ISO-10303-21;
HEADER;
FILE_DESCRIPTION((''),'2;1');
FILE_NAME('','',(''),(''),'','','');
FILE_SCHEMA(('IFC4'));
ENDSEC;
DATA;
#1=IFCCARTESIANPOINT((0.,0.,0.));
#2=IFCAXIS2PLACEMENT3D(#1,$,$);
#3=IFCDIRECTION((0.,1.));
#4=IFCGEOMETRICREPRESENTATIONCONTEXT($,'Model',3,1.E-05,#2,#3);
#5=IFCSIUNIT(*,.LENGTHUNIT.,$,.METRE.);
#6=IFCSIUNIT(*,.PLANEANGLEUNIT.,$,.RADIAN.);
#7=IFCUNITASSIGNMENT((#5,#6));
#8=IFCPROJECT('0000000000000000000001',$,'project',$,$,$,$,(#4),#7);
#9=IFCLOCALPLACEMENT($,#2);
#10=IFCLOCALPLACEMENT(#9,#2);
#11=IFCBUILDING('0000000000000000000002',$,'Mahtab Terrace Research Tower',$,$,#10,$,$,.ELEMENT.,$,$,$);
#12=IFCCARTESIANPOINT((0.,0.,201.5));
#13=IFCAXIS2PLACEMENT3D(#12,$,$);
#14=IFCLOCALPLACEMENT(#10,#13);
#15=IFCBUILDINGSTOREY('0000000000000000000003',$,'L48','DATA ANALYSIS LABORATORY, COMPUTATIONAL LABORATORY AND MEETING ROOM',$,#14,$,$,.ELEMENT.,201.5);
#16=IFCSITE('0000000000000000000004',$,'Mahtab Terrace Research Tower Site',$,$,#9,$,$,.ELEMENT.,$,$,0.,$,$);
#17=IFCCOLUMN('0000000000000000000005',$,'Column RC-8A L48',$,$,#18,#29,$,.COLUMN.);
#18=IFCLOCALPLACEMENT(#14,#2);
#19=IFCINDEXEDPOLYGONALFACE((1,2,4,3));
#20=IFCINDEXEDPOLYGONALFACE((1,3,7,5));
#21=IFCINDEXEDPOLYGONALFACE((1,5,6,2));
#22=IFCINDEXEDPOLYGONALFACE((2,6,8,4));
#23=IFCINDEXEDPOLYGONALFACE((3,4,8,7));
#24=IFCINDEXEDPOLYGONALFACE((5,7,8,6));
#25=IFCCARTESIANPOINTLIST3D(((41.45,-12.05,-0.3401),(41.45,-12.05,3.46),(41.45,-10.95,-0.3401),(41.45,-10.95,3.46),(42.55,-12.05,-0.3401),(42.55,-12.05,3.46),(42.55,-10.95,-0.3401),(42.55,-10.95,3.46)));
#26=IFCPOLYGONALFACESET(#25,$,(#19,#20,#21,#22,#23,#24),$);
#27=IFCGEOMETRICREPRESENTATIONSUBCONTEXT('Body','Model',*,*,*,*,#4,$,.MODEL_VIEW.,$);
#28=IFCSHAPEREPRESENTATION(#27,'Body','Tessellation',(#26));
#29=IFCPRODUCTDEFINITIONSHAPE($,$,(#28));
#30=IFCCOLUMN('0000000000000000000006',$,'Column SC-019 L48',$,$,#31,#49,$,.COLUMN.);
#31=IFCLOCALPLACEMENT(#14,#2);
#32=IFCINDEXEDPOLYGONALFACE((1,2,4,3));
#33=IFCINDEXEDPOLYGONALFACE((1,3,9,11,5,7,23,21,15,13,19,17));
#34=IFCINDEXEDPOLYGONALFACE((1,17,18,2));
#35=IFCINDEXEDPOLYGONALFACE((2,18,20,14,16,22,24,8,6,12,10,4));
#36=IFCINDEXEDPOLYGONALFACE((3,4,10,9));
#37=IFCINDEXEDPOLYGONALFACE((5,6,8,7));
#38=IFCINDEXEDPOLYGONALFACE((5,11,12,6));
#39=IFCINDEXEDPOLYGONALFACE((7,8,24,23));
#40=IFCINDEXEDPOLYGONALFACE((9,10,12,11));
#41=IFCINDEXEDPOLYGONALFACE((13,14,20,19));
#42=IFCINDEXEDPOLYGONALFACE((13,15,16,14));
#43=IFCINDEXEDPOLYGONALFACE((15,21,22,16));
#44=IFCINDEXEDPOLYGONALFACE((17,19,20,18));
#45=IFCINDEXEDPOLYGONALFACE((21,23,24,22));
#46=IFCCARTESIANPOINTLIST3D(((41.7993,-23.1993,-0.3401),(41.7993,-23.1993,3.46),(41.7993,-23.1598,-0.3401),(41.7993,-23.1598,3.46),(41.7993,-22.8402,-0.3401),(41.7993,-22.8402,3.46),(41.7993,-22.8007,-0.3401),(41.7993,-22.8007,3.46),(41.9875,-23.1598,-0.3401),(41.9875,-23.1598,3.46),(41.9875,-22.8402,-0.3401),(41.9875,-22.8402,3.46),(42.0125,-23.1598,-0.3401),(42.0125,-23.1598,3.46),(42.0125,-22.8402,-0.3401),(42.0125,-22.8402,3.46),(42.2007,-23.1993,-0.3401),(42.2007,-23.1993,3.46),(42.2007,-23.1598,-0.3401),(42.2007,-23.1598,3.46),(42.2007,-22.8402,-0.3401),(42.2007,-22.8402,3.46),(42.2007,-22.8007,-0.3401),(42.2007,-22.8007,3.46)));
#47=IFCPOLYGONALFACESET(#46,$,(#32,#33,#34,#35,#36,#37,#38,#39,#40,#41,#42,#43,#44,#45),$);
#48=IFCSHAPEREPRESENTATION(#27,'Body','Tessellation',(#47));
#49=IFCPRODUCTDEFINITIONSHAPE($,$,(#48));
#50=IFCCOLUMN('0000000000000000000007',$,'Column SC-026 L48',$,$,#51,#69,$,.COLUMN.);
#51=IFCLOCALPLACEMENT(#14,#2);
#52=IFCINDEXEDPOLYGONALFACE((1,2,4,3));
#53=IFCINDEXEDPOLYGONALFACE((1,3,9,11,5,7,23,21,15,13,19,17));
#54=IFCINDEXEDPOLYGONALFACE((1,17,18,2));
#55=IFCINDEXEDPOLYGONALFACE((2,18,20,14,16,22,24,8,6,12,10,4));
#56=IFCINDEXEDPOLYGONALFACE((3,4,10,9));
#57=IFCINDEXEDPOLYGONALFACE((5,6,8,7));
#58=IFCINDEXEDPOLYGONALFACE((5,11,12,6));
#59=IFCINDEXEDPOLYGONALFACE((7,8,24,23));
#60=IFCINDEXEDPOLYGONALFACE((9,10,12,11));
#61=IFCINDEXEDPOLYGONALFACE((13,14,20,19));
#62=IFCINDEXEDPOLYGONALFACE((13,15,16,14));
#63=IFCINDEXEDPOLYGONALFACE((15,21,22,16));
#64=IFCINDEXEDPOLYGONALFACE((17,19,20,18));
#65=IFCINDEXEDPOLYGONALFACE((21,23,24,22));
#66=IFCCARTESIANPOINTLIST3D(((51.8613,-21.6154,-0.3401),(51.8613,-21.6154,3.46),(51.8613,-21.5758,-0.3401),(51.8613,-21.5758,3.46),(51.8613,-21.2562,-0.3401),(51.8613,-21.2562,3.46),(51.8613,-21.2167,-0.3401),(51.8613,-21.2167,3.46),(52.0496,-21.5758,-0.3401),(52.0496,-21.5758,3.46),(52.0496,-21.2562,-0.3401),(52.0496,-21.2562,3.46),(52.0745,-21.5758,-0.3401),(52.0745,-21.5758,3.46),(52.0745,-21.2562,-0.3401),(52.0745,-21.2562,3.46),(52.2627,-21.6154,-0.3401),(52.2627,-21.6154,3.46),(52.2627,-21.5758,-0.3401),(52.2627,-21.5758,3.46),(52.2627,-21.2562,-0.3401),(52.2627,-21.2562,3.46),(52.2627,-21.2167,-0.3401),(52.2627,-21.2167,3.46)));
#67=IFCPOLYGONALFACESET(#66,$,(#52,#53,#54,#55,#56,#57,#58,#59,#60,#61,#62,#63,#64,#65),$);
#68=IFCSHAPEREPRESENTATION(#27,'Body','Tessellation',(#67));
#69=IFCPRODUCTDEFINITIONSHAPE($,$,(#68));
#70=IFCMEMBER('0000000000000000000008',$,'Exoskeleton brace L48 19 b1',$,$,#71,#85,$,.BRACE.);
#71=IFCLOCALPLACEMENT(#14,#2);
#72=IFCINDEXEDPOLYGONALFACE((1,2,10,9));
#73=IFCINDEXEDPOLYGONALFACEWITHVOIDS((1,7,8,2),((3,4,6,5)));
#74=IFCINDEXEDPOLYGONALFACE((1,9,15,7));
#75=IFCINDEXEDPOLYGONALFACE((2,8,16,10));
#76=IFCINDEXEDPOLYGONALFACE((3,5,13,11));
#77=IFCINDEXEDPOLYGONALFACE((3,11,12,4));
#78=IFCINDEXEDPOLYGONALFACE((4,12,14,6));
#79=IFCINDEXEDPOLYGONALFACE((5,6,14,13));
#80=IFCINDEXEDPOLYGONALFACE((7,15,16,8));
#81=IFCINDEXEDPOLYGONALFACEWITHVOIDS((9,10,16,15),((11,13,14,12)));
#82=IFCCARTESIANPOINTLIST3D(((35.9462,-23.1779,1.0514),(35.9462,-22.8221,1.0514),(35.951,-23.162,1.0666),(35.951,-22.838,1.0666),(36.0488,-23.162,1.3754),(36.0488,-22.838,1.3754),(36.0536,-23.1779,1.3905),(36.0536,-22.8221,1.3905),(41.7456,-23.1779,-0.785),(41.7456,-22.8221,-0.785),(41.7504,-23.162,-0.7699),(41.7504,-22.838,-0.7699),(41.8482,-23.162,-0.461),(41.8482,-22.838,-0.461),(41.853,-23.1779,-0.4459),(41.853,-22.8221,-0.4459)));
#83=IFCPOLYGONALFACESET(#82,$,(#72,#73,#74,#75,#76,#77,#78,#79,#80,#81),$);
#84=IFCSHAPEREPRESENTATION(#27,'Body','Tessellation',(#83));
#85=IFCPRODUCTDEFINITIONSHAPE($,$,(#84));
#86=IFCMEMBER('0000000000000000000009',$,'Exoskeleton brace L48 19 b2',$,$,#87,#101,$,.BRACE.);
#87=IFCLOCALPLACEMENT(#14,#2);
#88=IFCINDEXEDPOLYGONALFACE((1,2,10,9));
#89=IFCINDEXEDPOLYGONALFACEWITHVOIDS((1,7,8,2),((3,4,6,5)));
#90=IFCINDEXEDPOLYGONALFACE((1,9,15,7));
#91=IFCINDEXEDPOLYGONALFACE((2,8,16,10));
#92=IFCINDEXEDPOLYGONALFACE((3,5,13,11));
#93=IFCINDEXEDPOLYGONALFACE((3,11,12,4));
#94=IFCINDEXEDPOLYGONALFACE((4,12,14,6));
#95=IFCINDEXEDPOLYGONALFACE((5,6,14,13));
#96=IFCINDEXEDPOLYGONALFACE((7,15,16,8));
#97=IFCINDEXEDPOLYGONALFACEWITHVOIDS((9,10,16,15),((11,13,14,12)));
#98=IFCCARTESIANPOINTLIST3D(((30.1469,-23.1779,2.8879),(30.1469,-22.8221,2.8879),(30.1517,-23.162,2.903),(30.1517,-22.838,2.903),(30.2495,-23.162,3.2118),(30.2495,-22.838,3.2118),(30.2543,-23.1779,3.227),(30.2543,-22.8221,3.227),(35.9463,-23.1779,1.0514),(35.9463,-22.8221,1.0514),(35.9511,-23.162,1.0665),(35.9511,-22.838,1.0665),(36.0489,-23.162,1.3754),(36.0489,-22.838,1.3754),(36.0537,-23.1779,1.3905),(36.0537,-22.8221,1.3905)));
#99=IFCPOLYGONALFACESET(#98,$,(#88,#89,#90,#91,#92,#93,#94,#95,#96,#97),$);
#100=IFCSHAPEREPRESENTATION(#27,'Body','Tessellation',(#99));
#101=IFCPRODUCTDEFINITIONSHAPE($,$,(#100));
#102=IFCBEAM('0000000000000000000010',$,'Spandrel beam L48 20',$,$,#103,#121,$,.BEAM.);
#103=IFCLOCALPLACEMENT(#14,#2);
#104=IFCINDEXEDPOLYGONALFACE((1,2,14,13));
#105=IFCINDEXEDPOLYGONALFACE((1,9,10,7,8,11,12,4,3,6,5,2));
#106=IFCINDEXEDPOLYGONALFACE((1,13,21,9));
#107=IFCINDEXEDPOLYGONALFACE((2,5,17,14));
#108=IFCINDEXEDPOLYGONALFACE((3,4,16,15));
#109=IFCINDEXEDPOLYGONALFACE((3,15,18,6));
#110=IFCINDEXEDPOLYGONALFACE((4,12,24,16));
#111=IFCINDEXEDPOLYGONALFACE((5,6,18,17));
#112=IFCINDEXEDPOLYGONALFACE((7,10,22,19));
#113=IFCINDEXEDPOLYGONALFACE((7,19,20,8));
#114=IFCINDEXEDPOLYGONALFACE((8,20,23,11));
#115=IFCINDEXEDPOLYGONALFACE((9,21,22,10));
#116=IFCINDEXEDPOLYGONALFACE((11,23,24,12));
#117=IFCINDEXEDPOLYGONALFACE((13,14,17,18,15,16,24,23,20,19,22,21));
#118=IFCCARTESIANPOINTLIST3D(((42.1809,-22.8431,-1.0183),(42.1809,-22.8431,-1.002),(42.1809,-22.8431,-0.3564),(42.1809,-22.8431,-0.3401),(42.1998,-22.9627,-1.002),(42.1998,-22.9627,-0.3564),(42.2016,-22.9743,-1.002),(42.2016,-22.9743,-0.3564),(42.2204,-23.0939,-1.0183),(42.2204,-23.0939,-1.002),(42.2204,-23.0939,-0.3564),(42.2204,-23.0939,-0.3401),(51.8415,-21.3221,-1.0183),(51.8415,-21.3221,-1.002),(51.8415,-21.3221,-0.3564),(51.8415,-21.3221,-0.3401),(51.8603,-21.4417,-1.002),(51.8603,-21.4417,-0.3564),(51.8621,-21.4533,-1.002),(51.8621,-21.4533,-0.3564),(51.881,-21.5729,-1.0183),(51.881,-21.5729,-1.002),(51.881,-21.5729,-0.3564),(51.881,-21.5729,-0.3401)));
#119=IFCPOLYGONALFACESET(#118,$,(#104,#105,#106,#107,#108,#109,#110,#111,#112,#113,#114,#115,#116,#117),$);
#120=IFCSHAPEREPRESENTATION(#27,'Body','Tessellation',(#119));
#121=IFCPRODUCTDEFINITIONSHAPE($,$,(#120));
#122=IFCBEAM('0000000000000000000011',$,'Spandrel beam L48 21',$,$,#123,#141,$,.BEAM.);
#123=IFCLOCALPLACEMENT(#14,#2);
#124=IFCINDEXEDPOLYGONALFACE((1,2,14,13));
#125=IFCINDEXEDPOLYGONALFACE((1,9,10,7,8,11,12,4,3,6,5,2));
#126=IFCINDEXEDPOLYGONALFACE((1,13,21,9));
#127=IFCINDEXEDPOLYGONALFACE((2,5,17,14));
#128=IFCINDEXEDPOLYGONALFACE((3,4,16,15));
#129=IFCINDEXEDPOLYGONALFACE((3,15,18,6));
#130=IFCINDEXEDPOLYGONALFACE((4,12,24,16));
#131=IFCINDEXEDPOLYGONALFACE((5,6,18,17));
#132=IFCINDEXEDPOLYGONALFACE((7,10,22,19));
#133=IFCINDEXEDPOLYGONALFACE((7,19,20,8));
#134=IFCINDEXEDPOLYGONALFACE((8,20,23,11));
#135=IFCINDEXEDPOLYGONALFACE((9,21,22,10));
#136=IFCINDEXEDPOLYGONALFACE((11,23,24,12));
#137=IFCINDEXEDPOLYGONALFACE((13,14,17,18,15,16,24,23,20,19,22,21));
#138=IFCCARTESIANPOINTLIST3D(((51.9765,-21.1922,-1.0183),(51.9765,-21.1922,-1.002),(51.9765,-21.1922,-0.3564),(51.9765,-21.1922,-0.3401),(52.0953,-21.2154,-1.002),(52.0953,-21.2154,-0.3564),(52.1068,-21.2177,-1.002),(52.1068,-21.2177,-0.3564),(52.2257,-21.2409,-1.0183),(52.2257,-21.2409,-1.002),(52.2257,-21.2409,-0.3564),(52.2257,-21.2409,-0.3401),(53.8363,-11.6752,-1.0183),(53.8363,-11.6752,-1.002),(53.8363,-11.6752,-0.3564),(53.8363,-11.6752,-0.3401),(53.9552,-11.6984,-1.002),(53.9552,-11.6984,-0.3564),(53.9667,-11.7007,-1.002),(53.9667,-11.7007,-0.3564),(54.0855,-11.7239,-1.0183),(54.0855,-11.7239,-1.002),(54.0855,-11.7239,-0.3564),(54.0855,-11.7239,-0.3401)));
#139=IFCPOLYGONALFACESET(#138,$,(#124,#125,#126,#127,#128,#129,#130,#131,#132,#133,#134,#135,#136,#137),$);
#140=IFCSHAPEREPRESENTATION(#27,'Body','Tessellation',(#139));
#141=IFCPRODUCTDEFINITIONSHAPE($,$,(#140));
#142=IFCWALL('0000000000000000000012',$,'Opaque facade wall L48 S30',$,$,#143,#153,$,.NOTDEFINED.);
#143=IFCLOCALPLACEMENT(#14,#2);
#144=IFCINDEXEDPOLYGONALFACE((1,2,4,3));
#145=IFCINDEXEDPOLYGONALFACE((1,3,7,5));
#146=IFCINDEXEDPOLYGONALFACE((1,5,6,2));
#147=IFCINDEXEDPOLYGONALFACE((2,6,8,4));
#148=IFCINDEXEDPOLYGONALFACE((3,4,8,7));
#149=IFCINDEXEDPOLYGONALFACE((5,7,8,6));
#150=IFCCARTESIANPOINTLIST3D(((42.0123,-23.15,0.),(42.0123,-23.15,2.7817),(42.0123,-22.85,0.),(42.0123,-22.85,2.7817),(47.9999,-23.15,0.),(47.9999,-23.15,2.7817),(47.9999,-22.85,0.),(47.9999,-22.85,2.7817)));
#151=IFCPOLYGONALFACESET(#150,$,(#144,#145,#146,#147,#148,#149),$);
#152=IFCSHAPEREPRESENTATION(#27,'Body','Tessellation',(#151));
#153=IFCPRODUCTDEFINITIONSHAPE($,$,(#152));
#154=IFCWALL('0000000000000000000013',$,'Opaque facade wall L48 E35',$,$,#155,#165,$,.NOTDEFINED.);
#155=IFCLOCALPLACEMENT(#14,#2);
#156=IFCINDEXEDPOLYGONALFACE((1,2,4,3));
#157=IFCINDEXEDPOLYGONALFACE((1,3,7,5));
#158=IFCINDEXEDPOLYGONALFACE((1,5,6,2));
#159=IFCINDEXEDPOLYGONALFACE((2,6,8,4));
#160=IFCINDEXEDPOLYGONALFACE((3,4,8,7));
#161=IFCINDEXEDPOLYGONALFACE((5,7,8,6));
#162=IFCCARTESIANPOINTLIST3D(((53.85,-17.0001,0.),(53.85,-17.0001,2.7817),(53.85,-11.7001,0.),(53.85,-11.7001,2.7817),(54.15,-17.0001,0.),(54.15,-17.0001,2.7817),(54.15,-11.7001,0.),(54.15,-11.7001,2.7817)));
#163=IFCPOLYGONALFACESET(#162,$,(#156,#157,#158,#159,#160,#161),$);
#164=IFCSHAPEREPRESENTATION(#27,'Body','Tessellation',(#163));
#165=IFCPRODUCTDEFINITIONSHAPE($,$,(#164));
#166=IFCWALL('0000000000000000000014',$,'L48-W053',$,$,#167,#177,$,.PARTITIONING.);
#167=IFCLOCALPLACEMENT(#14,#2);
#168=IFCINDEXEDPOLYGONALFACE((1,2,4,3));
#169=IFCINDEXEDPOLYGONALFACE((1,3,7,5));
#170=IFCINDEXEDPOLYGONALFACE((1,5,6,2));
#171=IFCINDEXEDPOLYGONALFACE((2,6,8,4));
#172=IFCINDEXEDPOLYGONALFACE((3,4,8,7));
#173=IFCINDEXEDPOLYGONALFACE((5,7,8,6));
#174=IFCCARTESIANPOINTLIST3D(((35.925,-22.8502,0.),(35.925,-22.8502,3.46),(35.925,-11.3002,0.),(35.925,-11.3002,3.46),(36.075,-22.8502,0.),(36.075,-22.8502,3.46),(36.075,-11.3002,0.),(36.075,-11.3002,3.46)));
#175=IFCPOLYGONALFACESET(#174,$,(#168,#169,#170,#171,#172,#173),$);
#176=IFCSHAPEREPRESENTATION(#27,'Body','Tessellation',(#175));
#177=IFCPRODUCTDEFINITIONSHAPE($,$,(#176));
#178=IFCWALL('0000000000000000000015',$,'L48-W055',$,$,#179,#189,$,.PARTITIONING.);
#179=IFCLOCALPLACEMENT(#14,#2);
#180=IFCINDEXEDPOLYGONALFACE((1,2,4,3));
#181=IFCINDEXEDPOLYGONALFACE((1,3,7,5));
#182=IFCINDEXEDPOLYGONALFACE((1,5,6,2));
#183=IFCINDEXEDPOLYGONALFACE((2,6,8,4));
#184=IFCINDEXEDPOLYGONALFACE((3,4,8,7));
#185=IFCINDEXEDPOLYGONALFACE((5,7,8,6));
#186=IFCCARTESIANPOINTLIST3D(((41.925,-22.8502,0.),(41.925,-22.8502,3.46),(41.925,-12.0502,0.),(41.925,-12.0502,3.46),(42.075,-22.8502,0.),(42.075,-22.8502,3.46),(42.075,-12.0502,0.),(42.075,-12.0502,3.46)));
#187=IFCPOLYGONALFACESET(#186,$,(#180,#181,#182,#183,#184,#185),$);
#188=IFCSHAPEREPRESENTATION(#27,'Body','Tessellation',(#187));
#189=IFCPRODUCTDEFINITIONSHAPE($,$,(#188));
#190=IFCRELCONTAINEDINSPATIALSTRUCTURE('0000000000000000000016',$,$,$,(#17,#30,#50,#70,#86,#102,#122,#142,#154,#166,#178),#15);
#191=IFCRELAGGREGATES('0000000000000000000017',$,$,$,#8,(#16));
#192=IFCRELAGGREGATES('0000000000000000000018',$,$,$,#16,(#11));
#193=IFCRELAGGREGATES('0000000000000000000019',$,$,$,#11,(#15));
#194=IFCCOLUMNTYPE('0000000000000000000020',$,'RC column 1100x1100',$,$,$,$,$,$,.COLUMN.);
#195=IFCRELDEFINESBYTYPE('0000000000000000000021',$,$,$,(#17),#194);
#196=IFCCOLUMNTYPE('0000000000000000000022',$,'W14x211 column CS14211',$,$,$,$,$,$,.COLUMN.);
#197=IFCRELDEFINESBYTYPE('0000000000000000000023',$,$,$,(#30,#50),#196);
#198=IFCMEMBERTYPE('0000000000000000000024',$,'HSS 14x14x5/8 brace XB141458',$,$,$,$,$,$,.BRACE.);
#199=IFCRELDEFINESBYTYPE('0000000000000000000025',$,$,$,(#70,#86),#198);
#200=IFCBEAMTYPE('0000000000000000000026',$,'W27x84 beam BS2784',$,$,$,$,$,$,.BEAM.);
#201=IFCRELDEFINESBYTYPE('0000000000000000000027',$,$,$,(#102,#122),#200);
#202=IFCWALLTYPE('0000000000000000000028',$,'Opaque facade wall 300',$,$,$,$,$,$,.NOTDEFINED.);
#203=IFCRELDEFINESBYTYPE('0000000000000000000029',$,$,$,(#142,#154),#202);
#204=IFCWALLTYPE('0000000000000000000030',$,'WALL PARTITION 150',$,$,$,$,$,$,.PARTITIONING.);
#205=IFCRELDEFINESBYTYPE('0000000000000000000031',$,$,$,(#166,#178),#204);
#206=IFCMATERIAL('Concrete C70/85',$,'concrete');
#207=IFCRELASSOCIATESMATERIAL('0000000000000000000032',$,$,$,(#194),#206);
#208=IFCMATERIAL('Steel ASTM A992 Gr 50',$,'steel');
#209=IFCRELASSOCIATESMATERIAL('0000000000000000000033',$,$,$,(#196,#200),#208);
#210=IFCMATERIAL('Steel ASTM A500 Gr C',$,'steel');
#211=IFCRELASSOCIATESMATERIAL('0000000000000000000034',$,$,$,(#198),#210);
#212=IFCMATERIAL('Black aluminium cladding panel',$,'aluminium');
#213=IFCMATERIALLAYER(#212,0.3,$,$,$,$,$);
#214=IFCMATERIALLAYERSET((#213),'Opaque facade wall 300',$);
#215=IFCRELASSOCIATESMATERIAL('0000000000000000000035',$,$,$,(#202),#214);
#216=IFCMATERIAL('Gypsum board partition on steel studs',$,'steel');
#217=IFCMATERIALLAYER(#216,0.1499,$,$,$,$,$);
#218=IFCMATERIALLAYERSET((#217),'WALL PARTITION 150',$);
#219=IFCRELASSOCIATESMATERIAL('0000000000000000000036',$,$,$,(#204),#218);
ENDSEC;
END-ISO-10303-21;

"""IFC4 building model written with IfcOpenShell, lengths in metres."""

from ifc_helpers import new_model, si_unit, direction, frame, frame_2d, origin, origin_2d, place, context, subcontext, project, spatial, rectangle, hollow_rectangle, i_section, extrude, material, layer, layer_set, material_profile, profile_set, type_object, element, save


model = new_model("IFC4")

# Units and contexts
model_context = context("Model", 3, precision=1e-05, world=origin(), true_north=direction((0.0, 1.0)))
body_context = subcontext(model_context, "Body", "Model", "MODEL_VIEW")
ifc_project = project(units=[si_unit("LENGTHUNIT", "METRE"), si_unit("PLANEANGLEUNIT", "RADIAN")], contexts=[model_context])

# Site, building, storey
site_placement = place(None, origin())
site = spatial("IfcSite", under=ifc_project, at=site_placement, Name="Mahtab Terrace Research Tower Site", CompositionType="ELEMENT", RefElevation=0.0)
building_placement = place(site_placement, origin())
building = spatial("IfcBuilding", under=site, at=building_placement, Name="Mahtab Terrace Research Tower", CompositionType="ELEMENT")
storey_placement = place(building_placement, frame((0.0, 0.0, 201.5)))
storey = spatial("IfcBuildingStorey", under=building, at=storey_placement, Name="L48", Description="DATA ANALYSIS LABORATORY, COMPUTATIONAL LABORATORY AND MEETING ROOM", CompositionType="ELEMENT", Elevation=201.5)

# Columns
ifc_material_1 = material(Name="Concrete C70/85", Category="concrete")
ifc_material_profile_1 = material_profile(ifc_material_1, rectangle(XDim=1.1001, YDim=1.1001, at=origin_2d()), Name="RC column 1100x1100")
ifc_profile_set_1 = profile_set([ifc_material_profile_1], Name="Concrete C70/85")
column_type_1 = type_object("IfcColumnType", Name="RC column 1100x1100", PredefinedType="COLUMN", material=ifc_profile_set_1)
column_placement = place(storey_placement, frame((42.0, -11.5, -0.3401), z_axis=(0.0, 0.0, 1.0), x_axis=(1.0, 0.0, 0.0)))
element("IfcColumn", 1, at=column_placement, inside=storey, type_object=column_type_1, Name="Column RC-8A L48", PredefinedType="COLUMN", context=body_context, shape_type="SweptSolid", body=[
    extrude(rectangle(XDim=1.1001, YDim=1.1001, at=origin_2d()), origin(), (0.0, 0.0, 1.0), 3.8),
])
ifc_material_2 = material(Name="Steel ASTM A992 Gr 50", Category="steel")
ifc_material_profile_2 = material_profile(ifc_material_2, i_section(OverallWidth=0.4014, OverallDepth=0.3987, WebThickness=0.0249, FlangeThickness=0.0396, at=origin_2d()), Name="W14X211")
ifc_profile_set_2 = profile_set([ifc_material_profile_2], Name="Steel ASTM A992 Gr 50")
column_type_2 = type_object("IfcColumnType", Name="W14x211 column CS14211", PredefinedType="COLUMN", material=ifc_profile_set_2)
for number, where, z_axis, x_axis, name in (
    (2, (42.0, -23.0, -0.3401), (0.0, 0.0, 1.0), (1.0, 0.0, 0.0), "Column SC-019 L48"),
    (3, (52.062, -21.416, -0.3401), (0.0, 0.0, 1.0), (1.0, 0.0, 0.0), "Column SC-026 L48"),
):
    element("IfcColumn", number, at=place(storey_placement, frame(where, z_axis=z_axis, x_axis=x_axis)), inside=storey, type_object=column_type_2, Name=name, PredefinedType="COLUMN", context=body_context, shape_type="SweptSolid", body=[
        extrude(i_section(OverallWidth=0.4014, OverallDepth=0.3987, WebThickness=0.0249, FlangeThickness=0.0396, at=origin_2d()), origin(), (0.0, 0.0, 1.0), 3.8),
    ])

# Members
ifc_material_3 = material(Name="Steel ASTM A500 Gr C", Category="steel")
ifc_material_profile_3 = material_profile(ifc_material_3, hollow_rectangle(XDim=0.3557, YDim=0.3557, WallThickness=0.0159, at=origin_2d()), Name="HSS14X14X5/8")
ifc_profile_set_3 = profile_set([ifc_material_profile_3], Name="Steel ASTM A500 Gr C")
member_type = type_object("IfcMemberType", Name="HSS 14x14x5/8 brace XB141458", PredefinedType="BRACE", material=ifc_profile_set_3)
for number, where, z_axis, x_axis, name in (
    (4, (41.7993, -23.0, -0.6155), (-0.953343, 0.0, 0.301888), (0.0, -1.0, 0.0), "Exoskeleton brace L48 19 b1"),
    (5, (36.0, -23.0, 1.2209), (-0.953343, 0.0, 0.301888), (0.0, -1.0, 0.0), "Exoskeleton brace L48 19 b2"),
):
    element("IfcMember", number, at=place(storey_placement, frame(where, z_axis=z_axis, x_axis=x_axis)), inside=storey, type_object=member_type, Name=name, PredefinedType="BRACE", context=body_context, shape_type="SweptSolid", body=[
        extrude(hollow_rectangle(XDim=0.3557, YDim=0.3557, WallThickness=0.0159, at=origin_2d()), origin(), (0.0, 0.0, 1.0), 6.0833),
    ])

# Beams
ifc_material_profile_4 = material_profile(ifc_material_2, i_section(OverallWidth=0.2539, OverallDepth=0.6782, WebThickness=0.0117, FlangeThickness=0.0164, at=origin_2d()), Name="W27X84")
ifc_profile_set_4 = profile_set([ifc_material_profile_4], Name="Steel ASTM A992 Gr 50")
beam_type = type_object("IfcBeamType", Name="W27x84 beam BS2784", PredefinedType="BEAM", material=ifc_profile_set_4)
beam_1_placement = place(storey_placement, frame((42.2007, -22.9685, -0.6792), z_axis=(0.987832, 0.155527, 0.0), x_axis=(-0.155527, 0.987832, 0.0)))
element("IfcBeam", 6, at=beam_1_placement, inside=storey, type_object=beam_type, Name="Spandrel beam L48 20", PredefinedType="BEAM", context=body_context, shape_type="SweptSolid", body=[
    extrude(i_section(OverallWidth=0.2539, OverallDepth=0.6782, WebThickness=0.0117, FlangeThickness=0.0164, at=origin_2d()), origin(), (0.0, 0.0, 1.0), 9.7795),
])
beam_2_placement = place(storey_placement, frame((52.1011, -21.2166, -0.6792), z_axis=(0.191795, 0.981435, 0.0), x_axis=(-0.981435, 0.191795, 0.0)))
element("IfcBeam", 7, at=beam_2_placement, inside=storey, type_object=beam_type, Name="Spandrel beam L48 21", PredefinedType="BEAM", context=body_context, shape_type="SweptSolid", body=[
    extrude(i_section(OverallWidth=0.2539, OverallDepth=0.6782, WebThickness=0.0117, FlangeThickness=0.0164, at=origin_2d()), origin(), (0.0, 0.0, 1.0), 9.697),
])

# Walls
ifc_material_4 = material(Name="Black aluminium cladding panel", Category="aluminium")
ifc_layer_1 = layer(ifc_material_4, 0.3)
ifc_layer_set_1 = layer_set([ifc_layer_1], Name="Opaque facade wall 300")
wall_type_1 = type_object("IfcWallType", Name="Opaque facade wall 300", PredefinedType="NOTDEFINED", material=ifc_layer_set_1)
wall_1_placement = place(storey_placement, frame((42.0125, -23.0, 0.0), z_axis=(0.0, 0.0, 1.0), x_axis=(1.0, 0.0, 0.0)))
element("IfcWall", 8, at=wall_1_placement, inside=storey, type_object=wall_type_1, Name="Opaque facade wall L48 S30", PredefinedType="NOTDEFINED", context=body_context, shape_type="SweptSolid", body=[
    extrude(rectangle(XDim=5.9875, YDim=0.3, at=frame_2d((2.9937, 0.0))), origin(), (0.0, 0.0, 1.0), 2.7817),
])
wall_2_placement = place(storey_placement, frame((54.0, -17.0, 0.0), z_axis=(0.0, 0.0, 1.0), x_axis=(0.0, 1.0, 0.0)))
element("IfcWall", 9, at=wall_2_placement, inside=storey, type_object=wall_type_1, Name="Opaque facade wall L48 E35", PredefinedType="NOTDEFINED", context=body_context, shape_type="SweptSolid", body=[
    extrude(rectangle(XDim=5.3, YDim=0.3, at=frame_2d((2.6499, 0.0))), origin(), (0.0, 0.0, 1.0), 2.7817),
])
ifc_material_5 = material(Name="Gypsum board partition on steel studs", Category="steel")
ifc_layer_2 = layer(ifc_material_5, 0.1499)
ifc_layer_set_2 = layer_set([ifc_layer_2], Name="WALL PARTITION 150")
wall_type_2 = type_object("IfcWallType", Name="WALL PARTITION 150", PredefinedType="PARTITIONING", material=ifc_layer_set_2)
wall_3_placement = place(storey_placement, frame((36.0, -22.8501, 0.0), z_axis=(0.0, 0.0, 1.0), x_axis=(0.0, 1.0, 0.0)))
element("IfcWall", 10, at=wall_3_placement, inside=storey, type_object=wall_type_2, Name="L48-W053", PredefinedType="PARTITIONING", context=body_context, shape_type="SweptSolid", body=[
    extrude(rectangle(XDim=11.55, YDim=0.1499, at=frame_2d((5.7749, 0.0))), origin(), (0.0, 0.0, 1.0), 3.46),
])
wall_4_placement = place(storey_placement, frame((42.0, -22.8501, 0.0), z_axis=(0.0, 0.0, 1.0), x_axis=(0.0, 1.0, 0.0)))
element("IfcWall", 11, at=wall_4_placement, inside=storey, type_object=wall_type_2, Name="L48-W055", PredefinedType="PARTITIONING", context=body_context, shape_type="SweptSolid", body=[
    extrude(rectangle(XDim=10.8, YDim=0.1499, at=frame_2d((5.3999, 0.0))), origin(), (0.0, 0.0, 1.0), 3.46),
])

save(model, "model.ifc")
